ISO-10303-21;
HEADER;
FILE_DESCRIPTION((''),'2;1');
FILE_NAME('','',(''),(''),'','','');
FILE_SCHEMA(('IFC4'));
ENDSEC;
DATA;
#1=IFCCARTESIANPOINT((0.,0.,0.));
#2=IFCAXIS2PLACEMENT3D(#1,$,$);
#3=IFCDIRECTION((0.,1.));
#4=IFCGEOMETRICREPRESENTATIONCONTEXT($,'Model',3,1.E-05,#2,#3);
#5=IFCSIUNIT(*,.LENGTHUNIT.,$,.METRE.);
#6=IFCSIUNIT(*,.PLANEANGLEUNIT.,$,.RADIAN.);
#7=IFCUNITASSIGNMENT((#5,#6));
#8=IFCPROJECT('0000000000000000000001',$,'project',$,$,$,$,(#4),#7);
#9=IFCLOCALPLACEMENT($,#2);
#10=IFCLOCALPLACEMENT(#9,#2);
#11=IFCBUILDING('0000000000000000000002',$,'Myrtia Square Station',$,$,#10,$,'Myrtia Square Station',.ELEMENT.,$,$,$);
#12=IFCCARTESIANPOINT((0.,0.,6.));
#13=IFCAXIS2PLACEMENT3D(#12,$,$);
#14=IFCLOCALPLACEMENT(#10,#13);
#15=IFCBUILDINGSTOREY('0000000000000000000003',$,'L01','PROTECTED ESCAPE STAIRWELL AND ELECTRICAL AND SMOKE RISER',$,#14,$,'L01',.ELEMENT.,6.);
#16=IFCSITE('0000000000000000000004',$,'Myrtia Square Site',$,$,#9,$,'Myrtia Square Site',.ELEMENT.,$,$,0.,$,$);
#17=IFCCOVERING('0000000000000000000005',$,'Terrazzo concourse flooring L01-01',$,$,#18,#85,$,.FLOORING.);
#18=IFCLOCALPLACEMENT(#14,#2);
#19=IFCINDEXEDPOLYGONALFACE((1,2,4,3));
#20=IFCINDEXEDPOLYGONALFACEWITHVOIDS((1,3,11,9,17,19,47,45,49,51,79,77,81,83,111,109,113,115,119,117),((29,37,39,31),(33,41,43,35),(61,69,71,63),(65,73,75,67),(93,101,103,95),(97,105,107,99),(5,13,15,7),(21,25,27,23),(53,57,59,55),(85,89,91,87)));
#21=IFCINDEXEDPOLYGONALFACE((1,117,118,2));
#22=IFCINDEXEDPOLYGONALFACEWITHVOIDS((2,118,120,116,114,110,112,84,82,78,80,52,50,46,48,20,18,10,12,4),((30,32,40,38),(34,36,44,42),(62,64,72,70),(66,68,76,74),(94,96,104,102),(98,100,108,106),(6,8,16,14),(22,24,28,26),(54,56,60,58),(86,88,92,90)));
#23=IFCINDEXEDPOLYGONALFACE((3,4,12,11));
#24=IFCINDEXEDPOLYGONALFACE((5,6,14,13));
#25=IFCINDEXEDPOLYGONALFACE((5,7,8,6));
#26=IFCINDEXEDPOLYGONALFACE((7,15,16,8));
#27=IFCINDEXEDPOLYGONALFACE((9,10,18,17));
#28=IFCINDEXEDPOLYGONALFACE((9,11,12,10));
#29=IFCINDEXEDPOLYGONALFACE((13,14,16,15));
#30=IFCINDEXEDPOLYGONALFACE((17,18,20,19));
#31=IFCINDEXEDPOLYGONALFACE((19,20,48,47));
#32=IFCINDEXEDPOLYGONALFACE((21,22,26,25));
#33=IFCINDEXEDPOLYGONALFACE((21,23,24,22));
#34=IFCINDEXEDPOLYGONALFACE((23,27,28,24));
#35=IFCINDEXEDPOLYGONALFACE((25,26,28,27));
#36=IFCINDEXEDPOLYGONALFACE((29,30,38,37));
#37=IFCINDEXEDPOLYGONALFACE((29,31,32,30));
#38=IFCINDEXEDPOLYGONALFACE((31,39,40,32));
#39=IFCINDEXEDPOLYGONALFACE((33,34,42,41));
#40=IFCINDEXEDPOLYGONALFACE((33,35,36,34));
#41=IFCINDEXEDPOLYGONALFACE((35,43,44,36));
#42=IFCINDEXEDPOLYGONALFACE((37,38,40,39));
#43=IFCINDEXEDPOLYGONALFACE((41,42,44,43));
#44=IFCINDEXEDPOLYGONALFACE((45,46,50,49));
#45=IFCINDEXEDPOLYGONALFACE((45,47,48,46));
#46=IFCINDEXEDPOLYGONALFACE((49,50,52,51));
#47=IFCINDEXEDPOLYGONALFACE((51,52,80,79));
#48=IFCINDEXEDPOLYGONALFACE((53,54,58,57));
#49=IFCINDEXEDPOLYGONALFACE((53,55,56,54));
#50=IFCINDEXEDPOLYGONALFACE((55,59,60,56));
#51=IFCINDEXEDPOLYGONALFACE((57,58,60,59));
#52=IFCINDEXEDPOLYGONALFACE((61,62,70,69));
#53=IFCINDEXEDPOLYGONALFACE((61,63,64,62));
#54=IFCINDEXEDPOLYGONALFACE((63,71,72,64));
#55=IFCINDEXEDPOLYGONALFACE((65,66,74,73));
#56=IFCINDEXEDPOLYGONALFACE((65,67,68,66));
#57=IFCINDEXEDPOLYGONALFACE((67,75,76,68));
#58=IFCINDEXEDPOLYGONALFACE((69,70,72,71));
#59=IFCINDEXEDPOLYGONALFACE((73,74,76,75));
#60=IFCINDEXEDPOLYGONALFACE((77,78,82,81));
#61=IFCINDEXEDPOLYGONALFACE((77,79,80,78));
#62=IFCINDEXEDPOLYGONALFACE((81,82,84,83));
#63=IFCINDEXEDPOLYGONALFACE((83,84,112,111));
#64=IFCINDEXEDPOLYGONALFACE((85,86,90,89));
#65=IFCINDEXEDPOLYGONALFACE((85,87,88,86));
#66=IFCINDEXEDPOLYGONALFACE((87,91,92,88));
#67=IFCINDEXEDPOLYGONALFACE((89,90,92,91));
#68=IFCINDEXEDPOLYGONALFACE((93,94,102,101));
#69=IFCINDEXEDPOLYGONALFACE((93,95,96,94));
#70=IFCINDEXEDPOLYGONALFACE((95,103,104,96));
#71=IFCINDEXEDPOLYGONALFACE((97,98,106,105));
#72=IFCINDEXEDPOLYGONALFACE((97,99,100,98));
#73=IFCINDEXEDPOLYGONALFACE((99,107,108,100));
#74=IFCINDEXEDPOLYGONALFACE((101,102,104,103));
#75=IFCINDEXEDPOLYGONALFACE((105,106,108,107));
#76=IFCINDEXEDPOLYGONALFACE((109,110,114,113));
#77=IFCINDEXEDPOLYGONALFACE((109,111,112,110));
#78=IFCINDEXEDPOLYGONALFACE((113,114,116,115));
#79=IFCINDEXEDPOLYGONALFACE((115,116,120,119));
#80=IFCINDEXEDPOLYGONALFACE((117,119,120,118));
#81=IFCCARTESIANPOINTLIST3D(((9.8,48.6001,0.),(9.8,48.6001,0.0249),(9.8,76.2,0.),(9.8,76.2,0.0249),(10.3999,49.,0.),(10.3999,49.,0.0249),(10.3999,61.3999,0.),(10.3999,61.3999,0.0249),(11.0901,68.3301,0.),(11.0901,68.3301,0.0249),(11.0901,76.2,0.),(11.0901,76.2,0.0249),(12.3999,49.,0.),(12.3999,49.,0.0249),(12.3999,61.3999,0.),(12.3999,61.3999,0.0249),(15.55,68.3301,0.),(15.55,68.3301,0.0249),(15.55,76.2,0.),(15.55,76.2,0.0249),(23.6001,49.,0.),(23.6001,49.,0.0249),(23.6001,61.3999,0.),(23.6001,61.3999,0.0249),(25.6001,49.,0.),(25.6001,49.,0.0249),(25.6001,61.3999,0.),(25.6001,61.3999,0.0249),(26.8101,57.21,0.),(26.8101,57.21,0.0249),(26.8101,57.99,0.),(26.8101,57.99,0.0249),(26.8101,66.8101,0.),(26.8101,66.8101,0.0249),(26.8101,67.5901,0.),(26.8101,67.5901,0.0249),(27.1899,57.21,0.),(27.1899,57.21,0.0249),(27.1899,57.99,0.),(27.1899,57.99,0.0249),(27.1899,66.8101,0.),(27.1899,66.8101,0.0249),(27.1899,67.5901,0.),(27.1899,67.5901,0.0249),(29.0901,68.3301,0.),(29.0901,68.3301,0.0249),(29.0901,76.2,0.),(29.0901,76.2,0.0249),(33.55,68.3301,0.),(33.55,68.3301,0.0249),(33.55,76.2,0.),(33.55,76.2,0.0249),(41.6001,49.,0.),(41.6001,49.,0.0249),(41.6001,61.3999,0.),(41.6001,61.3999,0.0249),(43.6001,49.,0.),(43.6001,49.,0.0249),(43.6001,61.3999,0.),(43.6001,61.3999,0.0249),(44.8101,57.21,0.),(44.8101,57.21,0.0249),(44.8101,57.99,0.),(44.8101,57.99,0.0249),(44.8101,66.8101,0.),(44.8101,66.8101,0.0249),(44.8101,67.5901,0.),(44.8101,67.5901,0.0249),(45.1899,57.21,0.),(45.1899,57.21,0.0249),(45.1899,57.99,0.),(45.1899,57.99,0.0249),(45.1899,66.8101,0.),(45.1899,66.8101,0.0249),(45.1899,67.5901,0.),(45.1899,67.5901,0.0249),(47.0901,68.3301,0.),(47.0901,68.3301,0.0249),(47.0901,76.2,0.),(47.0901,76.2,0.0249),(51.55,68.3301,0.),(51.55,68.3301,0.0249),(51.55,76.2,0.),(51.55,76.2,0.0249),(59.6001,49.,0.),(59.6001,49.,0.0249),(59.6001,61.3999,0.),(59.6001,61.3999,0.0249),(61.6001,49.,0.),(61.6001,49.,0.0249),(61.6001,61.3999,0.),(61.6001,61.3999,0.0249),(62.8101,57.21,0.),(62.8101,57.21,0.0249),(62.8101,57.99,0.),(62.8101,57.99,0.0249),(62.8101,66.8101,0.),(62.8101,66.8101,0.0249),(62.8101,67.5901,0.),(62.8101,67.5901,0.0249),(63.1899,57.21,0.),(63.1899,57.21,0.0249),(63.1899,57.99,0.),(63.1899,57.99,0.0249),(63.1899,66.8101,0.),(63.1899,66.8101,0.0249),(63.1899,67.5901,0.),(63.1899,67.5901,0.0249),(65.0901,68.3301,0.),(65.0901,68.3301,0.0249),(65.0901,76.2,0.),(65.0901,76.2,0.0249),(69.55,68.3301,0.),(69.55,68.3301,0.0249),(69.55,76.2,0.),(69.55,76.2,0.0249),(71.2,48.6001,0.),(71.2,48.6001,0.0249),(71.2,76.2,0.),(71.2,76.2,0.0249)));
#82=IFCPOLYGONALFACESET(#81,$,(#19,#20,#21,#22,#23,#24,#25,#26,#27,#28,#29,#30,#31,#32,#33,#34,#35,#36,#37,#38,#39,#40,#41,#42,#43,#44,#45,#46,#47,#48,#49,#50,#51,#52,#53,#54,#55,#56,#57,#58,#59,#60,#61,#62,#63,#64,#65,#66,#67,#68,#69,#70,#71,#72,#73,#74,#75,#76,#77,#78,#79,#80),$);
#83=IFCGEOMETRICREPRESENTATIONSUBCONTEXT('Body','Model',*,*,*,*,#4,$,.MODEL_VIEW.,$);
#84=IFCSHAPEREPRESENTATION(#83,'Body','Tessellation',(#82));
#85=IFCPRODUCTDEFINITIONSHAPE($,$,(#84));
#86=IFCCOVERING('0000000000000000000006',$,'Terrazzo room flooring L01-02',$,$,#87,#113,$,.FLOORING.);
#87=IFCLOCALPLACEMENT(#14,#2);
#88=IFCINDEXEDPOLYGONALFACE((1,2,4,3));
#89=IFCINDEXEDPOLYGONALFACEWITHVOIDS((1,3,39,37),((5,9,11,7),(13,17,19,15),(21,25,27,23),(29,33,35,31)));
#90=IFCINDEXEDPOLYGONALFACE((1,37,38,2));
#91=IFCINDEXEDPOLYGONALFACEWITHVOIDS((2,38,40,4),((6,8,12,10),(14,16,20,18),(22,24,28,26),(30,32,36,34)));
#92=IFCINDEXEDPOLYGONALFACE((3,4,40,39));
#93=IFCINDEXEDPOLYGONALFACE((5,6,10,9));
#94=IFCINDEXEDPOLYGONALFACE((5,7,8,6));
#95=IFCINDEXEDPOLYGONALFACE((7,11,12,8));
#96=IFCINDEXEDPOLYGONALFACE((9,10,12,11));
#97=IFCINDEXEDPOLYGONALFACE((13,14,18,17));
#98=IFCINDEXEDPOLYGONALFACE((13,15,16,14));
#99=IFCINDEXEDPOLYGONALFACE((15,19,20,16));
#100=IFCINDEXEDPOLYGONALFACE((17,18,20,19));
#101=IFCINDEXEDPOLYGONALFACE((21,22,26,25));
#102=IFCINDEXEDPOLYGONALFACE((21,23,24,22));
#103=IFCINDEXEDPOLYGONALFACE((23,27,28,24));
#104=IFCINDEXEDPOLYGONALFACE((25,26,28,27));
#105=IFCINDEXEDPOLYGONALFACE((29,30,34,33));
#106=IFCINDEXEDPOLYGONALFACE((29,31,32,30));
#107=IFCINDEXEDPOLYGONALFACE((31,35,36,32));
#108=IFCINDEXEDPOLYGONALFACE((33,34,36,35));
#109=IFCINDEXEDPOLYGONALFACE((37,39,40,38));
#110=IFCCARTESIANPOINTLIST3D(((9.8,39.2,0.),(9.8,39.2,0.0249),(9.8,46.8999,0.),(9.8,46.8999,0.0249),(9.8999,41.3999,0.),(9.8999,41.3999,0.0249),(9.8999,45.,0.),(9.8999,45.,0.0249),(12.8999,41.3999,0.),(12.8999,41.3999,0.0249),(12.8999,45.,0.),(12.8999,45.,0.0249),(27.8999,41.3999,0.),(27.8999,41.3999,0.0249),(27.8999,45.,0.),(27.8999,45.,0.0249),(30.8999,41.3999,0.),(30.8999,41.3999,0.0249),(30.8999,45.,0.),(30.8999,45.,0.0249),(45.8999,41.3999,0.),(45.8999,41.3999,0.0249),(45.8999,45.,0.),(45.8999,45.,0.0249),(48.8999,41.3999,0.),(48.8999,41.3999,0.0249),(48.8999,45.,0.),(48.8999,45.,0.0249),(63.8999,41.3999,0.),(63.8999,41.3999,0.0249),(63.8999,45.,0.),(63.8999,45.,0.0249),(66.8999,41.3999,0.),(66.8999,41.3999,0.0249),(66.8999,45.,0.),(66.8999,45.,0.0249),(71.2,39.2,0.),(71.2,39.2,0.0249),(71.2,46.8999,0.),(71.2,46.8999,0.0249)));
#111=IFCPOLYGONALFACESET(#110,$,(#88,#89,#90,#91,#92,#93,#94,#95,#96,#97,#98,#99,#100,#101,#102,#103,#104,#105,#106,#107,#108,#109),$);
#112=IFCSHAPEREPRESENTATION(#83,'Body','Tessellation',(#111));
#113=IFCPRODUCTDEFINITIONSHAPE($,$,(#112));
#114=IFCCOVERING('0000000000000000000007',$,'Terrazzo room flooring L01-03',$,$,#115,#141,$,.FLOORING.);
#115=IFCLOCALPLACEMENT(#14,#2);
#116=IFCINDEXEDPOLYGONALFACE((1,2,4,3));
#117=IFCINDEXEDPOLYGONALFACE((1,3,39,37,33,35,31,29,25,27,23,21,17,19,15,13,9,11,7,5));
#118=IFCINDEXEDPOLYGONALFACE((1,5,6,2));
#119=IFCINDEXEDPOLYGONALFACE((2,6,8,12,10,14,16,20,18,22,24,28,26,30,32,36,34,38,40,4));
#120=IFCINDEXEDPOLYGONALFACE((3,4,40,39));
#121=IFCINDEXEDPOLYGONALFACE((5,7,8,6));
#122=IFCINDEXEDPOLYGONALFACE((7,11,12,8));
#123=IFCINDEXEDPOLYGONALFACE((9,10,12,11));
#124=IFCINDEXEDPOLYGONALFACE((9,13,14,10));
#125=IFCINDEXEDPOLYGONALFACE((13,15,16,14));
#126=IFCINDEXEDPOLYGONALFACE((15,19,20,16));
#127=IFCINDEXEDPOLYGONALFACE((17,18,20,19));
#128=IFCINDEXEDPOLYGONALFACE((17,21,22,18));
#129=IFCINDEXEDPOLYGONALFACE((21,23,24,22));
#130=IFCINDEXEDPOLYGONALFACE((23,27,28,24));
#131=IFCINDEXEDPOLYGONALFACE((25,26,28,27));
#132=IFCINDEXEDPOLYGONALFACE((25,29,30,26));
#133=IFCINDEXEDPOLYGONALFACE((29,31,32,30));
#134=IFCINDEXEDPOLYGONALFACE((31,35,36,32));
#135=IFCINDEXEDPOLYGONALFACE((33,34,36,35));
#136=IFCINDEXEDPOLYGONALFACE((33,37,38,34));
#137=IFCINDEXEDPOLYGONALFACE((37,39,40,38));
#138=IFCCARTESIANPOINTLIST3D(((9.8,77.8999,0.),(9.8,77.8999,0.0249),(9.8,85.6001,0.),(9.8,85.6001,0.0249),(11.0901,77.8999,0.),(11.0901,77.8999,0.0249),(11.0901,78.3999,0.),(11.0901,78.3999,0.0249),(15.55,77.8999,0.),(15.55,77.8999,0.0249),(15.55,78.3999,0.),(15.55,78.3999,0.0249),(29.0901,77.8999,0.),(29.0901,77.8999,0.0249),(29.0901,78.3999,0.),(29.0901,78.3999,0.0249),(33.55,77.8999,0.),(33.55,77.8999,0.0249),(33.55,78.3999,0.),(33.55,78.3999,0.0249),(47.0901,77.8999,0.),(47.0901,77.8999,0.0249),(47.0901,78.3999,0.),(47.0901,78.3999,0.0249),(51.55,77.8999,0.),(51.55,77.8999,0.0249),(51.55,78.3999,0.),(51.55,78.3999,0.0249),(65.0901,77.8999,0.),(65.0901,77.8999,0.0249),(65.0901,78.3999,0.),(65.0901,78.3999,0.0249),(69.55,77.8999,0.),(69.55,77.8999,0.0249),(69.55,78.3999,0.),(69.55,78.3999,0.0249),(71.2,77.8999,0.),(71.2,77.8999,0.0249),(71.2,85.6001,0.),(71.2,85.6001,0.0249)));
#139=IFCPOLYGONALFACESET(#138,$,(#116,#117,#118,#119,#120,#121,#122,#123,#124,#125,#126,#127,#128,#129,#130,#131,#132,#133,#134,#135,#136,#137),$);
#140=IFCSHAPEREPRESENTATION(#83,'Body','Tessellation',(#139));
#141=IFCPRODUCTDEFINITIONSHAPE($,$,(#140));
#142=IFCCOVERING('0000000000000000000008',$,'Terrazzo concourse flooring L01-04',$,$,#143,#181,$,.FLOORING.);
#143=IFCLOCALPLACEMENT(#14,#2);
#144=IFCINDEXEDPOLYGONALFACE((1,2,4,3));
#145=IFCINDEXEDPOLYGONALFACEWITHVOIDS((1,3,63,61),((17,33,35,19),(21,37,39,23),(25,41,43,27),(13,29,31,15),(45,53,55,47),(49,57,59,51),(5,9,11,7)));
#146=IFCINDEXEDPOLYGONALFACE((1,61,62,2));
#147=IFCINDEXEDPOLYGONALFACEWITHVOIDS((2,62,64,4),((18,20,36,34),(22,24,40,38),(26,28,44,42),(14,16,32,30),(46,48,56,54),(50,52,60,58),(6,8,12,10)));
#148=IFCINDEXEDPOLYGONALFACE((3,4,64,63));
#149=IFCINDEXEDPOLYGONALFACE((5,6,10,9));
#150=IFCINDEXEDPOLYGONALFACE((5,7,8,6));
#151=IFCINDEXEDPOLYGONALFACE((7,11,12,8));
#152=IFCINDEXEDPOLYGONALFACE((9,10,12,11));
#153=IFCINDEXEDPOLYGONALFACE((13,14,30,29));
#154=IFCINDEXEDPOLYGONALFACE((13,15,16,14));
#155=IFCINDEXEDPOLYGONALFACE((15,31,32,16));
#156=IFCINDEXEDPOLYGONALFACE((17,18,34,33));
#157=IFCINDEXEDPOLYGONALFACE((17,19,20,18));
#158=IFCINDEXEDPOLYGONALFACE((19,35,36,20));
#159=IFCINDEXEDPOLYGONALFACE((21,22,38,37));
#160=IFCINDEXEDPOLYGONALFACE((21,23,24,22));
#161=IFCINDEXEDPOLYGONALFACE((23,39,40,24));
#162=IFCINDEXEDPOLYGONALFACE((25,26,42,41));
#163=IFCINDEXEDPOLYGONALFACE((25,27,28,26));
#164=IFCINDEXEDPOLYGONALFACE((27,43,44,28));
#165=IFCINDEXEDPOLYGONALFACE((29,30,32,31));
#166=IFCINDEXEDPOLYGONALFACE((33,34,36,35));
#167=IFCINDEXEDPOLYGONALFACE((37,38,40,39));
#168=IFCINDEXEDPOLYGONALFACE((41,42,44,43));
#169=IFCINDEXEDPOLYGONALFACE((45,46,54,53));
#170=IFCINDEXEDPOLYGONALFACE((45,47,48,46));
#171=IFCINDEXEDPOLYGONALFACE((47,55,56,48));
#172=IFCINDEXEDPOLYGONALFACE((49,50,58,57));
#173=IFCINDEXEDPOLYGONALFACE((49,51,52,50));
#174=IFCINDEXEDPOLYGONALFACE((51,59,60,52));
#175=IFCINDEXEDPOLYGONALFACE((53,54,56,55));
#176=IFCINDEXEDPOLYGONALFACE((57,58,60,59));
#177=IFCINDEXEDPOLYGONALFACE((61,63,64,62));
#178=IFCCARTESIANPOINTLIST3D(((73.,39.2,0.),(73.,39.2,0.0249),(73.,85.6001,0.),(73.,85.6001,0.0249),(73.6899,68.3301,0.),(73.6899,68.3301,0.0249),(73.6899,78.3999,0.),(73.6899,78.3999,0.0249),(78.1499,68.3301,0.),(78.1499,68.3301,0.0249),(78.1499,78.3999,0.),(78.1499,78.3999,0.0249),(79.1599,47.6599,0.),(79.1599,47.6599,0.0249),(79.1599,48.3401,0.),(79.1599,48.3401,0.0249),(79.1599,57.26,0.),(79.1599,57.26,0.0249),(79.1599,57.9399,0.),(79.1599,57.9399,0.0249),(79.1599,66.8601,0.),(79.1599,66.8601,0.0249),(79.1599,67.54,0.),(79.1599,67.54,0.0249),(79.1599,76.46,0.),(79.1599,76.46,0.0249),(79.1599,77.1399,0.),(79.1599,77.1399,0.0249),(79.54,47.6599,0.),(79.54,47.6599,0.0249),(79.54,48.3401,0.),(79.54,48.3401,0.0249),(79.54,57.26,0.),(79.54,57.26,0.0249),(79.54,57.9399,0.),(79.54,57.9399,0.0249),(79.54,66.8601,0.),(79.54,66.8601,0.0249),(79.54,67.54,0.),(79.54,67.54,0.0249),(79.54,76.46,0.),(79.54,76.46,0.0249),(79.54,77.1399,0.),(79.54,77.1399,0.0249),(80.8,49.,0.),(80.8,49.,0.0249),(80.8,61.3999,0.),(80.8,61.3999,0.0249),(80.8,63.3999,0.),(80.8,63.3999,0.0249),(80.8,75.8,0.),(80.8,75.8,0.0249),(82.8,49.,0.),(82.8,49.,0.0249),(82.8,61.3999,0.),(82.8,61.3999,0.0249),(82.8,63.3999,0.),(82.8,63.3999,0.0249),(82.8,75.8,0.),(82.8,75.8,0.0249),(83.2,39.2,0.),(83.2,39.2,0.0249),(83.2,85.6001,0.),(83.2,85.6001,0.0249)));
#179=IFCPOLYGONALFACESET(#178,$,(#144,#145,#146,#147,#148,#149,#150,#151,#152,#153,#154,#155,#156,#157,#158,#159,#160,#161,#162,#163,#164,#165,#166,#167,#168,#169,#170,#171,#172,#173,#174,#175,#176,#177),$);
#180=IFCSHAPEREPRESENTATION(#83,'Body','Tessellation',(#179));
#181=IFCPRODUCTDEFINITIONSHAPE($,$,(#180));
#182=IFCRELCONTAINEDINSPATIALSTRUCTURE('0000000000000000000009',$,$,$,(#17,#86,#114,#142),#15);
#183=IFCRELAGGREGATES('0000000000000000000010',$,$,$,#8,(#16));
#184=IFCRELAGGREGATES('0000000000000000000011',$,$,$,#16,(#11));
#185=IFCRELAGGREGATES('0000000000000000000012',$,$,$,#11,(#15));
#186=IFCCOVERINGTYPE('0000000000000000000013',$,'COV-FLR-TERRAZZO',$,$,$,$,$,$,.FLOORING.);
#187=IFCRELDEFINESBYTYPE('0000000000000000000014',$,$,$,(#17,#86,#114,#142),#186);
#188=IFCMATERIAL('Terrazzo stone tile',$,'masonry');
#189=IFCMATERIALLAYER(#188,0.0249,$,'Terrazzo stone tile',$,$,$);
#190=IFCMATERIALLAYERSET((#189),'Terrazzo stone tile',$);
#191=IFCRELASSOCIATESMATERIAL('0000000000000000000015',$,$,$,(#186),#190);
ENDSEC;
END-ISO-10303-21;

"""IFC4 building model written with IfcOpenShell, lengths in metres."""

from ifc_helpers import new_model, si_unit, direction, frame, origin, place, context, subcontext, project, spatial, polyline, outline, extrude, material, layer, layer_set, type_object, element, save


model = new_model("IFC4")

# Units and contexts
model_context = context("Model", 3, precision=1e-05, world=origin(), true_north=direction((0.0, 1.0)))
body_context = subcontext(model_context, "Body", "Model", "MODEL_VIEW")
ifc_project = project(units=[si_unit("LENGTHUNIT", "METRE"), si_unit("PLANEANGLEUNIT", "RADIAN")], contexts=[model_context])

# Site, building, storey
site_placement = place(None, origin())
site = spatial("IfcSite", under=ifc_project, at=site_placement, Name="Myrtia Square Site", LongName="Myrtia Square Site", CompositionType="ELEMENT", RefElevation=0.0)
building_placement = place(site_placement, origin())
building = spatial("IfcBuilding", under=site, at=building_placement, Name="Myrtia Square Station", LongName="Myrtia Square Station", CompositionType="ELEMENT")
storey_placement = place(building_placement, frame((0.0, 0.0, 6.0)))
storey = spatial("IfcBuildingStorey", under=building, at=storey_placement, Name="L01", Description="PROTECTED ESCAPE STAIRWELL AND ELECTRICAL AND SMOKE RISER", LongName="L01", CompositionType="ELEMENT", Elevation=6.0)

# Coverings
ifc_material_1 = material(Name="Terrazzo stone tile", Category="masonry")
ifc_layer_1 = layer(ifc_material_1, 0.0249, Name="Terrazzo stone tile")
ifc_layer_set_1 = layer_set([ifc_layer_1], Name="Terrazzo stone tile")
covering_type_1 = type_object("IfcCoveringType", Name="COV-FLR-TERRAZZO", PredefinedType="FLOORING", material=ifc_layer_set_1)
covering_1_placement = place(storey_placement, origin())
element("IfcCovering", 1, at=covering_1_placement, inside=storey, type_object=covering_type_1, Name="Terrazzo concourse flooring L01-01", PredefinedType="FLOORING", context=body_context, shape_type="SweptSolid", body=[
    extrude(outline(polyline([(71.2, 48.6001), (9.8, 48.6001), (9.8, 76.2), (11.0901, 76.2), (11.0901, 68.3301), (15.55, 68.3301), (15.55, 76.2), (29.0901, 76.2), (29.0901, 68.3301), (33.55, 68.3301), (33.55, 76.2), (47.0901, 76.2), (47.0901, 68.3301), (51.55, 68.3301), (51.55, 76.2), (65.0901, 76.2), (65.0901, 68.3301), (69.55, 68.3301), (69.55, 76.2), (71.2, 76.2), (71.2, 48.6001)]), holes=[polyline([(12.3999, 61.3999), (10.3999, 61.3999), (10.3999, 49.0), (12.3999, 49.0), (12.3999, 61.3999)]), polyline([(25.6001, 61.3999), (23.6001, 61.3999), (23.6001, 49.0), (25.6001, 49.0), (25.6001, 61.3999)]), polyline([(43.6001, 49.0), (43.6001, 61.3999), (41.6001, 61.3999), (41.6001, 49.0), (43.6001, 49.0)]), polyline([(27.1899, 57.99), (26.8101, 57.99), (26.8101, 57.21), (27.1899, 57.21), (27.1899, 57.99)]), polyline([(45.1899, 57.99), (44.8101, 57.99), (44.8101, 57.21), (45.1899, 57.21), (45.1899, 57.99)]), polyline([(45.1899, 66.8101), (45.1899, 67.5901), (44.8101, 67.5901), (44.8101, 66.8101), (45.1899, 66.8101)]), polyline([(27.1899, 67.5901), (26.8101, 67.5901), (26.8101, 66.8101), (27.1899, 66.8101), (27.1899, 67.5901)]), polyline([(61.6001, 49.0), (61.6001, 61.3999), (59.6001, 61.3999), (59.6001, 49.0), (61.6001, 49.0)]), polyline([(63.1899, 57.21), (63.1899, 57.99), (62.8101, 57.99), (62.8101, 57.21), (63.1899, 57.21)]), polyline([(63.1899, 67.5901), (62.8101, 67.5901), (62.8101, 66.8101), (63.1899, 66.8101), (63.1899, 67.5901)])]), origin(), (0.0, 0.0, 1.0), 0.0249),
])
covering_2_placement = place(storey_placement, origin())
element("IfcCovering", 2, at=covering_2_placement, inside=storey, type_object=covering_type_1, Name="Terrazzo room flooring L01-02", PredefinedType="FLOORING", context=body_context, shape_type="SweptSolid", body=[
    extrude(outline(polyline([(9.8, 46.8999), (71.2, 46.8999), (71.2, 39.2), (9.8, 39.2), (9.8, 46.8999)]), holes=[polyline([(30.8999, 41.3999), (30.8999, 45.0), (27.8999, 45.0), (27.8999, 41.3999), (30.8999, 41.3999)]), polyline([(12.8999, 41.3999), (12.8999, 45.0), (9.8999, 45.0), (9.8999, 41.3999), (12.8999, 41.3999)]), polyline([(66.8999, 41.3999), (66.8999, 45.0), (63.8999, 45.0), (63.8999, 41.3999), (66.8999, 41.3999)]), polyline([(48.8999, 45.0), (45.8999, 45.0), (45.8999, 41.3999), (48.8999, 41.3999), (48.8999, 45.0)])]), origin(), (0.0, 0.0, 1.0), 0.0249),
])
covering_3_placement = place(storey_placement, origin())
element("IfcCovering", 3, at=covering_3_placement, inside=storey, type_object=covering_type_1, Name="Terrazzo room flooring L01-03", PredefinedType="FLOORING", context=body_context, shape_type="SweptSolid", body=[
    extrude(outline(polyline([(9.8, 85.6001), (71.2, 85.6001), (71.2, 77.8999), (69.55, 77.8999), (69.55, 78.3999), (65.0901, 78.3999), (65.0901, 77.8999), (51.55, 77.8999), (51.55, 78.3999), (47.0901, 78.3999), (47.0901, 77.8999), (33.55, 77.8999), (33.55, 78.3999), (29.0901, 78.3999), (29.0901, 77.8999), (15.55, 77.8999), (15.55, 78.3999), (11.0901, 78.3999), (11.0901, 77.8999), (9.8, 77.8999), (9.8, 85.6001)])), origin(), (0.0, 0.0, 1.0), 0.0249),
])
covering_4_placement = place(storey_placement, origin())
element("IfcCovering", 4, at=covering_4_placement, inside=storey, type_object=covering_type_1, Name="Terrazzo concourse flooring L01-04", PredefinedType="FLOORING", context=body_context, shape_type="SweptSolid", body=[
    extrude(outline(polyline([(73.0, 85.6001), (83.2, 85.6001), (83.2, 39.2), (73.0, 39.2), (73.0, 85.6001)]), holes=[polyline([(79.54, 47.6599), (79.54, 48.3401), (79.1599, 48.3401), (79.1599, 47.6599), (79.54, 47.6599)]), polyline([(79.54, 57.9399), (79.1599, 57.9399), (79.1599, 57.26), (79.54, 57.26), (79.54, 57.9399)]), polyline([(79.54, 67.54), (79.1599, 67.54), (79.1599, 66.8601), (79.54, 66.8601), (79.54, 67.54)]), polyline([(78.1499, 68.3301), (78.1499, 78.3999), (73.6899, 78.3999), (73.6899, 68.3301), (78.1499, 68.3301)]), polyline([(79.54, 76.46), (79.54, 77.1399), (79.1599, 77.1399), (79.1599, 76.46), (79.54, 76.46)]), polyline([(82.8, 61.3999), (80.8, 61.3999), (80.8, 49.0), (82.8, 49.0), (82.8, 61.3999)]), polyline([(82.8, 75.8), (80.8, 75.8), (80.8, 63.3999), (82.8, 63.3999), (82.8, 75.8)])]), origin(), (0.0, 0.0, 1.0), 0.0249),
])

save(model, "model.ifc")
